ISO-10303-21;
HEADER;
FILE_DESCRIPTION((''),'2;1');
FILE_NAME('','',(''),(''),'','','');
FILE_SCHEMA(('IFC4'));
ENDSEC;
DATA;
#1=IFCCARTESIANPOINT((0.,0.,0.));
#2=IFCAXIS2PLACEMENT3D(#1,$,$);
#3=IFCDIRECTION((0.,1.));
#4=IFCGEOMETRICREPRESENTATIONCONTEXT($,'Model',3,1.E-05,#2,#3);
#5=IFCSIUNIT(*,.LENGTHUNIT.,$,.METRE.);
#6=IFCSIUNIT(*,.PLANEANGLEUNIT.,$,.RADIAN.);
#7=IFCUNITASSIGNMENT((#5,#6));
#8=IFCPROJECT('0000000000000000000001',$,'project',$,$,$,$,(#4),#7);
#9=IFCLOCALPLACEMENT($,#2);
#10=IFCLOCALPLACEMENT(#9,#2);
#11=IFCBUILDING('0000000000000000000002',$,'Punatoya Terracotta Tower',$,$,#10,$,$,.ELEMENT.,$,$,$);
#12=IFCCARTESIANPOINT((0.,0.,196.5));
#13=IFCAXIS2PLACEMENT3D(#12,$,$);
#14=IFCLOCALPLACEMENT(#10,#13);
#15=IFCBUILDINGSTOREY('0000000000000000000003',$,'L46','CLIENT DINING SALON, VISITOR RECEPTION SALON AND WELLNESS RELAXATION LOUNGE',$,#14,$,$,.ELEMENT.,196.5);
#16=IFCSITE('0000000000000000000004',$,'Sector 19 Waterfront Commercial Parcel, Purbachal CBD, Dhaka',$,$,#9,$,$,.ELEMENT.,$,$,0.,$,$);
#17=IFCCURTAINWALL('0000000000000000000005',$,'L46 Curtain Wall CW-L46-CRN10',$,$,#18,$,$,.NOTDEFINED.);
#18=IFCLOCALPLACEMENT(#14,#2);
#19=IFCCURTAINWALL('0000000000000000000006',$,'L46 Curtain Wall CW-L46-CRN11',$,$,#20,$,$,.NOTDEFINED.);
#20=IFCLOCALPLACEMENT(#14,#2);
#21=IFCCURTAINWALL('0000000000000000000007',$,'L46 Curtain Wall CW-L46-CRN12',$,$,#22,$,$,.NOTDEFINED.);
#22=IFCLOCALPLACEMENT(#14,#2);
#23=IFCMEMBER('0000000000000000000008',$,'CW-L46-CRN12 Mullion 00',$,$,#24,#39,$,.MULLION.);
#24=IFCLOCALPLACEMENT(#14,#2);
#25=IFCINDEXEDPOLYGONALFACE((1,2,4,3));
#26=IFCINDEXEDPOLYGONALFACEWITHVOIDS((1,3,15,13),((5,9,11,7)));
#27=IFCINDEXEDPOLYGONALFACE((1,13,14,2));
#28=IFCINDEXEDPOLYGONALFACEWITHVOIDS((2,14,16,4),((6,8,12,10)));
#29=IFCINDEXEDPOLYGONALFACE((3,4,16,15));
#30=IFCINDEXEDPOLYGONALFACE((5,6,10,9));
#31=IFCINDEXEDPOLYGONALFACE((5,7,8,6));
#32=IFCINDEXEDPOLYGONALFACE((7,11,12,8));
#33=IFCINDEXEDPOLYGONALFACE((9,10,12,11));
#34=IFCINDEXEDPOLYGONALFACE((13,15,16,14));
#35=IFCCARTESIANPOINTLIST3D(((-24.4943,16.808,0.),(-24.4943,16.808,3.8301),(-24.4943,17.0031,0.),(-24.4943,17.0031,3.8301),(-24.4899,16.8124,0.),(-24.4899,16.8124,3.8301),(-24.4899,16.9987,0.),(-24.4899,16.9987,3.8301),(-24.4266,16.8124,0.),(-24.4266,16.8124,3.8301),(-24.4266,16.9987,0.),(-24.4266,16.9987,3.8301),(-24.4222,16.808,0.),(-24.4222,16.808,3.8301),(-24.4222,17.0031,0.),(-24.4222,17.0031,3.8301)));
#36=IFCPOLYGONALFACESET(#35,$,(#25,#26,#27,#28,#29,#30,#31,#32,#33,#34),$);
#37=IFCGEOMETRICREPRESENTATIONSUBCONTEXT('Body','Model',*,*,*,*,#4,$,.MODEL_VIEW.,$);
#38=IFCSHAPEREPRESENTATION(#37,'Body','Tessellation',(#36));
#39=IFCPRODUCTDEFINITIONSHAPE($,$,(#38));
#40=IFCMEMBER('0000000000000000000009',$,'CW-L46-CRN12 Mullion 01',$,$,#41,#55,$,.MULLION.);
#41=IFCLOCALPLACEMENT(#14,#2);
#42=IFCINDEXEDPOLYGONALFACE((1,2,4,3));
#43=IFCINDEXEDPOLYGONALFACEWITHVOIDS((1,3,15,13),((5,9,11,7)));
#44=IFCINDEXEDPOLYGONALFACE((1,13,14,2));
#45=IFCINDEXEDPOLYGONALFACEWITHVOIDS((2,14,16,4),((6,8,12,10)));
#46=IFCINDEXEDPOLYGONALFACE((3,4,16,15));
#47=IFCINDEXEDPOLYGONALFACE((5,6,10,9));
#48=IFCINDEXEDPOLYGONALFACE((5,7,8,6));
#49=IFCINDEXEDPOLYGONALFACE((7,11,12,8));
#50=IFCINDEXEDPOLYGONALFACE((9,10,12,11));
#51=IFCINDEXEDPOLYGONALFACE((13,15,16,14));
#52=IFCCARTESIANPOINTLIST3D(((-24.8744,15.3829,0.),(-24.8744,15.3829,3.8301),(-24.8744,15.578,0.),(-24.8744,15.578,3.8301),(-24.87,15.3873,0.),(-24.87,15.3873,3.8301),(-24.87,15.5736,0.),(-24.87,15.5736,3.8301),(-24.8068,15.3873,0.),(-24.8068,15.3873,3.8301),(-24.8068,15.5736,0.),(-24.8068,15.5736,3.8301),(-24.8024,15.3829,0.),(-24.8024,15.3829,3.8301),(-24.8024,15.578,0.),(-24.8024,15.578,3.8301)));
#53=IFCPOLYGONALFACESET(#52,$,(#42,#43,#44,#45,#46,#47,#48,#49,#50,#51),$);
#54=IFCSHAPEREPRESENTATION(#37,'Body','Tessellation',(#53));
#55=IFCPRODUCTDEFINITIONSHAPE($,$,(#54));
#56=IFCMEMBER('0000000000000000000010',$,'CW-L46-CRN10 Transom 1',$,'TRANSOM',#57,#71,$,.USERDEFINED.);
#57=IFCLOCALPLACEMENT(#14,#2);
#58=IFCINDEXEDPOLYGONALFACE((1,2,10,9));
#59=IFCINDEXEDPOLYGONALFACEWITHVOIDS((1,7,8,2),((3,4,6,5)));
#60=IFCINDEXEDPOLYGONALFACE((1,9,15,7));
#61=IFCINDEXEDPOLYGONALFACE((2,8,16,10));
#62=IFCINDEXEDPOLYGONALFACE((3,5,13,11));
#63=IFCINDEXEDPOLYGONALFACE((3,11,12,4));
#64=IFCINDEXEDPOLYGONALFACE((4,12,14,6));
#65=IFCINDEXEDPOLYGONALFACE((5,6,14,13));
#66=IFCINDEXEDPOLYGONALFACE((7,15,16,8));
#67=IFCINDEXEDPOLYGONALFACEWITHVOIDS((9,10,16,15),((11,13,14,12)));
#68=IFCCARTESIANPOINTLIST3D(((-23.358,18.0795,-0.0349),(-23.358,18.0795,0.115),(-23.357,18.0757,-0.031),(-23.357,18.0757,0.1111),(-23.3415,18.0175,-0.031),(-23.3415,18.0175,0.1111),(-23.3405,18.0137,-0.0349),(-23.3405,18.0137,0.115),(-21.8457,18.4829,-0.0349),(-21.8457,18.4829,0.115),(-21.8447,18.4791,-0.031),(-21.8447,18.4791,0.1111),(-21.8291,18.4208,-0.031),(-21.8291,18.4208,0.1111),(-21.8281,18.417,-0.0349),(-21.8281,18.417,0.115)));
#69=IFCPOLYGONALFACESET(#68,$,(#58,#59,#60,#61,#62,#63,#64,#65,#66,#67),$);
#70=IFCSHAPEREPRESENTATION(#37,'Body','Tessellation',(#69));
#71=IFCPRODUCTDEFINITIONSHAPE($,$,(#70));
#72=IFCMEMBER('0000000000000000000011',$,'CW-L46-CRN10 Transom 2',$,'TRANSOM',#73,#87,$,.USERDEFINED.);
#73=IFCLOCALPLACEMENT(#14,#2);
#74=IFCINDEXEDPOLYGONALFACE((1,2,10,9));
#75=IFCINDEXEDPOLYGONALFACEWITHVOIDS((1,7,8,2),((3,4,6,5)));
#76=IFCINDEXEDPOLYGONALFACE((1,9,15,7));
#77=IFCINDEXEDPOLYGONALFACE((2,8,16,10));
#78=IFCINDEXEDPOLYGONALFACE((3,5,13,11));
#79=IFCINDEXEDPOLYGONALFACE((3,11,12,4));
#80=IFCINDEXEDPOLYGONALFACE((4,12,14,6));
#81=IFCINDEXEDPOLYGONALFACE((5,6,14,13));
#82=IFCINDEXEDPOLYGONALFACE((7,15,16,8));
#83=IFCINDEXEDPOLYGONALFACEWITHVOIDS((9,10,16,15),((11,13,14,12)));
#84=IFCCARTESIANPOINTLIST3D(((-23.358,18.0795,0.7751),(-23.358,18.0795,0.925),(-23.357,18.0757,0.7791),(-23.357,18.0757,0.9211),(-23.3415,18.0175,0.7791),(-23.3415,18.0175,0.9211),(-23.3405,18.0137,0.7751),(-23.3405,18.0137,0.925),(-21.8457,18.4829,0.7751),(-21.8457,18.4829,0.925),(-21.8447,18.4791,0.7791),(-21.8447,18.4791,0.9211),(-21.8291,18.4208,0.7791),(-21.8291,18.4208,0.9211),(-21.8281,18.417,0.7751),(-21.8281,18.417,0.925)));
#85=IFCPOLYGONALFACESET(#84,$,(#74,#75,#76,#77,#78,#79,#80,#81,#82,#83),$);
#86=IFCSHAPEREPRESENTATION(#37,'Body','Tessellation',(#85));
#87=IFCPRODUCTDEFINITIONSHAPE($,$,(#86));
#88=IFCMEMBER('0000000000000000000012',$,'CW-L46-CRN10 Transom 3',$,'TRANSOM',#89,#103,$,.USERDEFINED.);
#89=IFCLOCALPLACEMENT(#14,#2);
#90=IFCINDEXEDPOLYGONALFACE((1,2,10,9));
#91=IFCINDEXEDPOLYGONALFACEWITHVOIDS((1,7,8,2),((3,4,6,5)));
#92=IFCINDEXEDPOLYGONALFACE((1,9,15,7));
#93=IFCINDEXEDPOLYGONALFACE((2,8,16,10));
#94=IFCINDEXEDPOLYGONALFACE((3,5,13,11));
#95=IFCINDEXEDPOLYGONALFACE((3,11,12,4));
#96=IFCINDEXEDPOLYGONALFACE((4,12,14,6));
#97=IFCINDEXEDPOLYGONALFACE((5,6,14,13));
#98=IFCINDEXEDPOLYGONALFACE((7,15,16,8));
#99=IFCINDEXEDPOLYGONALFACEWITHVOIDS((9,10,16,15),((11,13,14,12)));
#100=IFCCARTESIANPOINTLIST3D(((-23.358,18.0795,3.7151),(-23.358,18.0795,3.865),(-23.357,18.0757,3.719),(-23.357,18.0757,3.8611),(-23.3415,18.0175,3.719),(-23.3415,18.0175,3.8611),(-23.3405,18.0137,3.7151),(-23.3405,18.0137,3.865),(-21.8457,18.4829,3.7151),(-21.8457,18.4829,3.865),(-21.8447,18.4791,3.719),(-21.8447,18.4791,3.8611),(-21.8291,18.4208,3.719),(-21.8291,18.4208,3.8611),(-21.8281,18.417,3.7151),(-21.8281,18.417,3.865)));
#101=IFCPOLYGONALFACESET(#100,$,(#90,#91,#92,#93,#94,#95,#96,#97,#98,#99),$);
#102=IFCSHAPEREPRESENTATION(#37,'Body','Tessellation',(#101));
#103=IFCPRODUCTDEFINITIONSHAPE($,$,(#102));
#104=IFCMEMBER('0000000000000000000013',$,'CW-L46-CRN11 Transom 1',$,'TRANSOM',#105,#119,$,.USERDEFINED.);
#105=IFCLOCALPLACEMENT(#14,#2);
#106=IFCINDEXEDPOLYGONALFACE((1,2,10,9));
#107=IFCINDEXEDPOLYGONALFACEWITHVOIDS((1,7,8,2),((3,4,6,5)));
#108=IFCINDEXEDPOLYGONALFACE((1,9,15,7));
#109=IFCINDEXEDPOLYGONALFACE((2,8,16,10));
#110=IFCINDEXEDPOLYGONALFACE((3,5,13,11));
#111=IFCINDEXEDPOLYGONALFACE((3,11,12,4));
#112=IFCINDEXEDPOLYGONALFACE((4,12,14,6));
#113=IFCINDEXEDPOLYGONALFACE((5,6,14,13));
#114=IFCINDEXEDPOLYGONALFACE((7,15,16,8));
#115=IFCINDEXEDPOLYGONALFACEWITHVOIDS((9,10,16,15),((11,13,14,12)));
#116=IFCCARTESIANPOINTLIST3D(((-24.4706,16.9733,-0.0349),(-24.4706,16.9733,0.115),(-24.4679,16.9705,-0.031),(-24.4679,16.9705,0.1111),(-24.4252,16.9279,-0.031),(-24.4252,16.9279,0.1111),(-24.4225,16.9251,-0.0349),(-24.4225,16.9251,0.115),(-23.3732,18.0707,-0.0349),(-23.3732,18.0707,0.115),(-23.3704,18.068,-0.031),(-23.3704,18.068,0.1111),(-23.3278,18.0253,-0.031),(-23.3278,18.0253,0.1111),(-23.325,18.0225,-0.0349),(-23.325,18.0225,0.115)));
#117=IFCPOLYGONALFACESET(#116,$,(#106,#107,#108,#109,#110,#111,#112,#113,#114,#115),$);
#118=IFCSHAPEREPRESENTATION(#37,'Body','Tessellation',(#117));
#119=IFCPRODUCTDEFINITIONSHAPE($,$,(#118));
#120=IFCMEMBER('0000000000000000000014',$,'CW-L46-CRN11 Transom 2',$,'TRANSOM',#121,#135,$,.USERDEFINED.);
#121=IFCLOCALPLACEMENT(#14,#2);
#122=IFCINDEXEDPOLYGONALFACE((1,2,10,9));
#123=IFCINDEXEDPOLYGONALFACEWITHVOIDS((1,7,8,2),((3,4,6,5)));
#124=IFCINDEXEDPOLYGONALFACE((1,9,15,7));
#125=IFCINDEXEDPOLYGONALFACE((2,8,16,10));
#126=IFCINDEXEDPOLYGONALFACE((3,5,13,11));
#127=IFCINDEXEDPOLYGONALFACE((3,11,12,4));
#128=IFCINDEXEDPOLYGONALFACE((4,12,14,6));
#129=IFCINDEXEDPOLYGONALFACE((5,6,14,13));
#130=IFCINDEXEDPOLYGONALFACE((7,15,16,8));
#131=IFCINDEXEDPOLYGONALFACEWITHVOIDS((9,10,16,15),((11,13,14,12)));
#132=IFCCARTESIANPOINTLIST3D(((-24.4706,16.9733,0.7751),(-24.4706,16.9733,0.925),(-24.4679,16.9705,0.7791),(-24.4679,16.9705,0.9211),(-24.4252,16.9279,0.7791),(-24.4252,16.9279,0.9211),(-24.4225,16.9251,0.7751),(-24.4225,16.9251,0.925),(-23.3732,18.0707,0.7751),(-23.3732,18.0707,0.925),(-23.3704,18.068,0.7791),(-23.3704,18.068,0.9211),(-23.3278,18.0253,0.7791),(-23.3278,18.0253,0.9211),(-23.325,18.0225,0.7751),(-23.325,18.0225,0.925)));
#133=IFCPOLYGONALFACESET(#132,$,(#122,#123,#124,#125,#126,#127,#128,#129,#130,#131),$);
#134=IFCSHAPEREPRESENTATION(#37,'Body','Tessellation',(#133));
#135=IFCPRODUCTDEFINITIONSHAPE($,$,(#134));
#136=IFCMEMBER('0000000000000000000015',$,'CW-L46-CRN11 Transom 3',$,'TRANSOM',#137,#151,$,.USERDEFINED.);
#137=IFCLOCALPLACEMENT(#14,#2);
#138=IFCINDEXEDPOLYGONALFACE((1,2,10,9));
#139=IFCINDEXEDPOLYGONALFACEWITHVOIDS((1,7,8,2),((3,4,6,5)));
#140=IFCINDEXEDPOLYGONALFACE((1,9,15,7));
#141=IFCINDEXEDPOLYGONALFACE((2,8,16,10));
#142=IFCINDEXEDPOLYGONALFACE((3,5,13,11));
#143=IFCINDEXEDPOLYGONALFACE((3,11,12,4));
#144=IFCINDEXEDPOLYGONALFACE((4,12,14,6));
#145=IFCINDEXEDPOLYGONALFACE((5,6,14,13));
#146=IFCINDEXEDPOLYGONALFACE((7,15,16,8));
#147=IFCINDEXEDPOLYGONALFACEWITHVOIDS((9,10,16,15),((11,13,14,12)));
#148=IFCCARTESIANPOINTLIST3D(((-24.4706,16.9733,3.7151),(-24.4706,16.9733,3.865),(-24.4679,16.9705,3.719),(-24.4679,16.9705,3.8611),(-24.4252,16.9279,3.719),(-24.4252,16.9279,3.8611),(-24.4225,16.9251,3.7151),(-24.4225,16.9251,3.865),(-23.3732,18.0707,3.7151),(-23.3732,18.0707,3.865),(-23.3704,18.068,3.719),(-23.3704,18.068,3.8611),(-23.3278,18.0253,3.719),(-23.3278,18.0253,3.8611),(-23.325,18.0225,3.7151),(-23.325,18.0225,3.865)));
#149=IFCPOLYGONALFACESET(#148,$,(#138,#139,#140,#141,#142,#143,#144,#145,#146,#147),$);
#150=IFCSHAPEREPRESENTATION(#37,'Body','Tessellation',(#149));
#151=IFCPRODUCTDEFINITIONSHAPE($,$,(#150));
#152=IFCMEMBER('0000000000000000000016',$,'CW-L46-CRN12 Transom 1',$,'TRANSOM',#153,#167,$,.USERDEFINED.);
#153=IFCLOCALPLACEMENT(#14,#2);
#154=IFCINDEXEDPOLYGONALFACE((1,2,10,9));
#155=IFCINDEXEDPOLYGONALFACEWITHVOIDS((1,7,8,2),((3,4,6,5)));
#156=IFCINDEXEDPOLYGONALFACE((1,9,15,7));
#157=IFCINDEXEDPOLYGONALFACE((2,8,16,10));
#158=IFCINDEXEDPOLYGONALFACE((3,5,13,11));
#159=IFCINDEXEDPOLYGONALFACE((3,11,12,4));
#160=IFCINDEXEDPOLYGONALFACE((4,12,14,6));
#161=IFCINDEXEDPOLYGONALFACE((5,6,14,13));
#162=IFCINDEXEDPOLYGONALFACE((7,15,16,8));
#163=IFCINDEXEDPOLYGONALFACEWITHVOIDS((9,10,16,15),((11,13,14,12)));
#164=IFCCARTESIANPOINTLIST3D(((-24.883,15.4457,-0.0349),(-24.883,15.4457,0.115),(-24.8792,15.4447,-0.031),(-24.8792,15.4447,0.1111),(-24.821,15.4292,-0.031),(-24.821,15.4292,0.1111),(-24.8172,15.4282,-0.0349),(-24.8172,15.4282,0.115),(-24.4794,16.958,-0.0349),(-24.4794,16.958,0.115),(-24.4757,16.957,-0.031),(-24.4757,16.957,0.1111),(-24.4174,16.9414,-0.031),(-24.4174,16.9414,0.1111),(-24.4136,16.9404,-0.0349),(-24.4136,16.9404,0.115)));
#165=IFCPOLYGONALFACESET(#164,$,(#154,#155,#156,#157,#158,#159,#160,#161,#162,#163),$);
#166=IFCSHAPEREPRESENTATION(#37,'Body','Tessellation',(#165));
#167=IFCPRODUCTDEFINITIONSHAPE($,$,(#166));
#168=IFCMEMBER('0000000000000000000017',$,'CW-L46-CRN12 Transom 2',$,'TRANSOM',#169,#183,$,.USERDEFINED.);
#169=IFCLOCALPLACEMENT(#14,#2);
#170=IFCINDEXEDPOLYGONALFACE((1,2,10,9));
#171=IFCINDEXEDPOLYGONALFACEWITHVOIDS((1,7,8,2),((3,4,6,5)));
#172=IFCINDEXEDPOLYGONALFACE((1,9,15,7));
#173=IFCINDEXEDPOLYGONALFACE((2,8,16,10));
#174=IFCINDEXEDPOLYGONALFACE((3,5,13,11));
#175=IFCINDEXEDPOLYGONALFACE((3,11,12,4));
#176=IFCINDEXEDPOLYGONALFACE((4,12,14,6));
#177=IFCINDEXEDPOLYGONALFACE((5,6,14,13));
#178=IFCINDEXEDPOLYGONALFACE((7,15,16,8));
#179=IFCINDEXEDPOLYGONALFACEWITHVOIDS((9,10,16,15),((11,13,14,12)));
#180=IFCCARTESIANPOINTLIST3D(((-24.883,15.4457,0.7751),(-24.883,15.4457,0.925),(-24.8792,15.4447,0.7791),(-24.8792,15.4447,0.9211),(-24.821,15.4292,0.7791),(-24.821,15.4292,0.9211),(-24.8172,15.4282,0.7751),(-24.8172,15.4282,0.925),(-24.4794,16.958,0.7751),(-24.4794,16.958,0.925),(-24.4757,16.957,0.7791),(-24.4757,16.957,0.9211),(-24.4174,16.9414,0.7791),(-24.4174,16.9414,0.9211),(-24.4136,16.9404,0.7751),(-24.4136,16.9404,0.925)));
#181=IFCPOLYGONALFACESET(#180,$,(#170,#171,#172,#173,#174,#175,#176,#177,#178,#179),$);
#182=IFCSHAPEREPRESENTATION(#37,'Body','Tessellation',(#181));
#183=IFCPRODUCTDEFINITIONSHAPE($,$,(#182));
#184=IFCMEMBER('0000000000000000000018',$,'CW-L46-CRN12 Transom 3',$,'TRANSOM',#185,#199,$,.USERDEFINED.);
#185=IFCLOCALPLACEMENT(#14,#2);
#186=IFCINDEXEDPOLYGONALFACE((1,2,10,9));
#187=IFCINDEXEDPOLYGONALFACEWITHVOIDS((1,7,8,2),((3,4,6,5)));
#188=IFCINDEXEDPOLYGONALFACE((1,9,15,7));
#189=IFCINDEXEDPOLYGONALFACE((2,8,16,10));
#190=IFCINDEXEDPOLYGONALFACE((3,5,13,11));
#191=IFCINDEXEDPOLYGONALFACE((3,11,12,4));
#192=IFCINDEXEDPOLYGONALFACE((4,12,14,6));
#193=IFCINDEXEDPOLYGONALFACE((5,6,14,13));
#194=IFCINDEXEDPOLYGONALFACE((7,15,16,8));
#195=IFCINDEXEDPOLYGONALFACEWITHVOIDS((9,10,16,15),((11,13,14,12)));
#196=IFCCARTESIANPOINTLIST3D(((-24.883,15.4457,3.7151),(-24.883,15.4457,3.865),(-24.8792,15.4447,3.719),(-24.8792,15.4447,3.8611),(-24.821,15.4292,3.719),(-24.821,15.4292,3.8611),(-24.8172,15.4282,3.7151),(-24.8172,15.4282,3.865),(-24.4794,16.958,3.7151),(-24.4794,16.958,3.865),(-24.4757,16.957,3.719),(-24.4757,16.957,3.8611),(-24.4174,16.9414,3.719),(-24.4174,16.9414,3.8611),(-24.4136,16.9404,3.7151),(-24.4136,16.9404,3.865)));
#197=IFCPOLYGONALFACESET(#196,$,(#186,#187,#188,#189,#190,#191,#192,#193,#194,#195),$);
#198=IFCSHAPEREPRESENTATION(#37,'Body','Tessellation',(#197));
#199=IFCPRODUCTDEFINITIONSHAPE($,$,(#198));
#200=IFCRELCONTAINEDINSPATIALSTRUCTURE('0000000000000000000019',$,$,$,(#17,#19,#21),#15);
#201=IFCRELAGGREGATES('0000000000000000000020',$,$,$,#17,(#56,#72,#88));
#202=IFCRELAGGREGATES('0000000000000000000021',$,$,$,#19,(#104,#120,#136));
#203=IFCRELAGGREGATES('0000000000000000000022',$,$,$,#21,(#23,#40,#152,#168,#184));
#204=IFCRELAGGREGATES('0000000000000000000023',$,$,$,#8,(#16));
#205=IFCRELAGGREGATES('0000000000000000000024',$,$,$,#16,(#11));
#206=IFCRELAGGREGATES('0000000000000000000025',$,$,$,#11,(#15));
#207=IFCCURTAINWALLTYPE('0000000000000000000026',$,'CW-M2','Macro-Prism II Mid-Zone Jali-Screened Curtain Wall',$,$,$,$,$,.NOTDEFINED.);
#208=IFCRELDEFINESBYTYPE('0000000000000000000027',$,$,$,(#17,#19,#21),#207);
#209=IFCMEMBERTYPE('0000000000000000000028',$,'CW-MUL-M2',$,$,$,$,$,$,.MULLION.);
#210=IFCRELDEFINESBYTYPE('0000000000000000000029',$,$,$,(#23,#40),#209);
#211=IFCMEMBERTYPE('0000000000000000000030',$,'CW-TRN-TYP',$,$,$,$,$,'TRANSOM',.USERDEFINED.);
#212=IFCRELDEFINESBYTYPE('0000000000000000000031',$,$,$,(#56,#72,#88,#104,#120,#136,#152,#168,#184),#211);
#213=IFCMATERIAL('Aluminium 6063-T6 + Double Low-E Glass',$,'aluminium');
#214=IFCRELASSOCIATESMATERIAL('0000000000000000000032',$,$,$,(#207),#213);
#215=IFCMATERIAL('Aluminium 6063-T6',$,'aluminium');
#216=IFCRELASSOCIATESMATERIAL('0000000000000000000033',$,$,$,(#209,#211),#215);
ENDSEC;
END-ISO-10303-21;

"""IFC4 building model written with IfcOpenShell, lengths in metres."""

from ifc_helpers import new_model, si_unit, direction, frame, origin, origin_2d, place, context, subcontext, project, spatial, hollow_rectangle, extrude, material, material_profile, profile_set, type_object, element, aggregate, save


model = new_model("IFC4")

# Units and contexts
model_context = context("Model", 3, precision=1e-05, world=origin(), true_north=direction((0.0, 1.0)))
body_context = subcontext(model_context, "Body", "Model", "MODEL_VIEW")
ifc_project = project(units=[si_unit("LENGTHUNIT", "METRE"), si_unit("PLANEANGLEUNIT", "RADIAN")], contexts=[model_context])

# Site, building, storey
site_placement = place(None, origin())
site = spatial("IfcSite", under=ifc_project, at=site_placement, Name="Sector 19 Waterfront Commercial Parcel, Purbachal CBD, Dhaka", CompositionType="ELEMENT", RefElevation=0.0)
building_placement = place(site_placement, origin())
building = spatial("IfcBuilding", under=site, at=building_placement, Name="Punatoya Terracotta Tower", CompositionType="ELEMENT")
storey_placement = place(building_placement, frame((0.0, 0.0, 196.5)))
storey = spatial("IfcBuildingStorey", under=building, at=storey_placement, Name="L46", Description="CLIENT DINING SALON, VISITOR RECEPTION SALON AND WELLNESS RELAXATION LOUNGE", CompositionType="ELEMENT", Elevation=196.5)

# Shared definitions
ifc_material_1 = material(Name="Aluminium 6063-T6 + Double Low-E Glass", Category="aluminium")
curtain_wall_type = type_object("IfcCurtainWallType", Name="CW-M2", Description="Macro-Prism II Mid-Zone Jali-Screened Curtain Wall", PredefinedType="NOTDEFINED", material=ifc_material_1)
ifc_material_2 = material(Name="Aluminium 6063-T6", Category="aluminium")
ifc_material_profile_1 = material_profile(ifc_material_2, hollow_rectangle(XDim=0.072, YDim=0.1951, WallThickness=0.0044, at=origin_2d()))
ifc_profile_set_1 = profile_set([ifc_material_profile_1], Name="Aluminium 6063-T6")
member_type_1 = type_object("IfcMemberType", Name="CW-MUL-M2", PredefinedType="MULLION", material=ifc_profile_set_1)

# Curtain walls, members
curtain_wall_1_placement = place(storey_placement, origin())
curtain_wall_1 = element("IfcCurtainWall", 1, at=curtain_wall_1_placement, inside=storey, type_object=curtain_wall_type, Name="L46 Curtain Wall CW-L46-CRN10", PredefinedType="NOTDEFINED")
curtain_wall_2_placement = place(storey_placement, origin())
curtain_wall_2 = element("IfcCurtainWall", 2, at=curtain_wall_2_placement, inside=storey, type_object=curtain_wall_type, Name="L46 Curtain Wall CW-L46-CRN11", PredefinedType="NOTDEFINED")
curtain_wall_3_placement = place(storey_placement, origin())
curtain_wall_3 = element("IfcCurtainWall", 3, at=curtain_wall_3_placement, inside=storey, type_object=curtain_wall_type, Name="L46 Curtain Wall CW-L46-CRN12", PredefinedType="NOTDEFINED")
member_1_placement = place(storey_placement, frame((-24.4583, 16.9055, 0.0), z_axis=(0.0, 0.0, 1.0), x_axis=(1.0, 0.0, 0.0)))
member_1 = element("IfcMember", 4, at=member_1_placement, type_object=member_type_1, Name="CW-L46-CRN12 Mullion 00", PredefinedType="MULLION", context=body_context, shape_type="SweptSolid", body=[
    extrude(hollow_rectangle(XDim=0.072, YDim=0.1951, WallThickness=0.0044, at=origin_2d()), origin(), (0.0, 0.0, 1.0), 3.8301),
])
member_2_placement = place(storey_placement, frame((-24.8384, 15.4805, 0.0), z_axis=(0.0, 0.0, 1.0), x_axis=(1.0, 0.0, 0.0)))
member_2 = element("IfcMember", 5, at=member_2_placement, type_object=member_type_1, Name="CW-L46-CRN12 Mullion 01", PredefinedType="MULLION", context=body_context, shape_type="SweptSolid", body=[
    extrude(hollow_rectangle(XDim=0.072, YDim=0.1951, WallThickness=0.0044, at=origin_2d()), origin(), (0.0, 0.0, 1.0), 3.8301),
])

# Members
ifc_material_profile_2 = material_profile(ifc_material_2, hollow_rectangle(XDim=0.0681, YDim=0.1499, WallThickness=0.0039, at=origin_2d()))
ifc_profile_set_2 = profile_set([ifc_material_profile_2], Name="Aluminium 6063-T6")
member_type_2 = type_object("IfcMemberType", Name="CW-TRN-TYP", ElementType="TRANSOM", PredefinedType="USERDEFINED", material=ifc_profile_set_2)
member_3_placement = place(storey_placement, frame((-21.8369, 18.45, 0.04), z_axis=(-0.966225, -0.257701, 0.0), x_axis=(0.257701, -0.966225, 0.0)))
member_3 = element("IfcMember", 6, at=member_3_placement, type_object=member_type_2, Name="CW-L46-CRN10 Transom 1", ObjectType="TRANSOM", PredefinedType="USERDEFINED", context=body_context, shape_type="SweptSolid", body=[
    extrude(hollow_rectangle(XDim=0.0681, YDim=0.1499, WallThickness=0.0039, at=origin_2d()), origin(), (0.0, 0.0, 1.0), 1.5652),
])
member_4_placement = place(storey_placement, frame((-21.8369, 18.45, 0.8501), z_axis=(-0.966225, -0.257701, 0.0), x_axis=(0.257701, -0.966225, 0.0)))
member_4 = element("IfcMember", 7, at=member_4_placement, type_object=member_type_2, Name="CW-L46-CRN10 Transom 2", ObjectType="TRANSOM", PredefinedType="USERDEFINED", context=body_context, shape_type="SweptSolid", body=[
    extrude(hollow_rectangle(XDim=0.0681, YDim=0.1499, WallThickness=0.0039, at=origin_2d()), origin(), (0.0, 0.0, 1.0), 1.5652),
])
member_5_placement = place(storey_placement, frame((-21.8369, 18.45, 3.79), z_axis=(-0.966225, -0.257701, 0.0), x_axis=(0.257701, -0.966225, 0.0)))
member_5 = element("IfcMember", 8, at=member_5_placement, type_object=member_type_2, Name="CW-L46-CRN10 Transom 3", ObjectType="TRANSOM", PredefinedType="USERDEFINED", context=body_context, shape_type="SweptSolid", body=[
    extrude(hollow_rectangle(XDim=0.0681, YDim=0.1499, WallThickness=0.0039, at=origin_2d()), origin(), (0.0, 0.0, 1.0), 1.5652),
])
member_6_placement = place(storey_placement, frame((-23.3491, 18.0466, 0.04), z_axis=(-0.707107, -0.707107, 0.0), x_axis=(0.707107, -0.707107, 0.0)))
member_6 = element("IfcMember", 9, at=member_6_placement, type_object=member_type_2, Name="CW-L46-CRN11 Transom 1", ObjectType="TRANSOM", PredefinedType="USERDEFINED", context=body_context, shape_type="SweptSolid", body=[
    extrude(hollow_rectangle(XDim=0.0681, YDim=0.1499, WallThickness=0.0039, at=origin_2d()), origin(), (0.0, 0.0, 1.0), 1.552),
])
member_7_placement = place(storey_placement, frame((-23.3491, 18.0466, 0.8501), z_axis=(-0.707107, -0.707107, 0.0), x_axis=(0.707107, -0.707107, 0.0)))
member_7 = element("IfcMember", 10, at=member_7_placement, type_object=member_type_2, Name="CW-L46-CRN11 Transom 2", ObjectType="TRANSOM", PredefinedType="USERDEFINED", context=body_context, shape_type="SweptSolid", body=[
    extrude(hollow_rectangle(XDim=0.0681, YDim=0.1499, WallThickness=0.0039, at=origin_2d()), origin(), (0.0, 0.0, 1.0), 1.552),
])
member_8_placement = place(storey_placement, frame((-23.3491, 18.0466, 3.79), z_axis=(-0.707107, -0.707107, 0.0), x_axis=(0.707107, -0.707107, 0.0)))
member_8 = element("IfcMember", 11, at=member_8_placement, type_object=member_type_2, Name="CW-L46-CRN11 Transom 3", ObjectType="TRANSOM", PredefinedType="USERDEFINED", context=body_context, shape_type="SweptSolid", body=[
    extrude(hollow_rectangle(XDim=0.0681, YDim=0.1499, WallThickness=0.0039, at=origin_2d()), origin(), (0.0, 0.0, 1.0), 1.552),
])
member_9_placement = place(storey_placement, frame((-24.4465, 16.9492, 0.04), z_axis=(-0.257847, -0.966186, 0.0), x_axis=(0.966186, -0.257847, 0.0)))
member_9 = element("IfcMember", 12, at=member_9_placement, type_object=member_type_2, Name="CW-L46-CRN12 Transom 1", ObjectType="TRANSOM", PredefinedType="USERDEFINED", context=body_context, shape_type="SweptSolid", body=[
    extrude(hollow_rectangle(XDim=0.0681, YDim=0.1499, WallThickness=0.0039, at=origin_2d()), origin(), (0.0, 0.0, 1.0), 1.5652),
])
member_10_placement = place(storey_placement, frame((-24.4465, 16.9492, 0.8501), z_axis=(-0.257847, -0.966186, 0.0), x_axis=(0.966186, -0.257847, 0.0)))
member_10 = element("IfcMember", 13, at=member_10_placement, type_object=member_type_2, Name="CW-L46-CRN12 Transom 2", ObjectType="TRANSOM", PredefinedType="USERDEFINED", context=body_context, shape_type="SweptSolid", body=[
    extrude(hollow_rectangle(XDim=0.0681, YDim=0.1499, WallThickness=0.0039, at=origin_2d()), origin(), (0.0, 0.0, 1.0), 1.5652),
])
member_11_placement = place(storey_placement, frame((-24.4465, 16.9492, 3.79), z_axis=(-0.257847, -0.966186, 0.0), x_axis=(0.966186, -0.257847, 0.0)))
member_11 = element("IfcMember", 14, at=member_11_placement, type_object=member_type_2, Name="CW-L46-CRN12 Transom 3", ObjectType="TRANSOM", PredefinedType="USERDEFINED", context=body_context, shape_type="SweptSolid", body=[
    extrude(hollow_rectangle(XDim=0.0681, YDim=0.1499, WallThickness=0.0039, at=origin_2d()), origin(), (0.0, 0.0, 1.0), 1.5652),
])

aggregate(curtain_wall_1, [member_3, member_4, member_5])
aggregate(curtain_wall_2, [member_6, member_7, member_8])
aggregate(curtain_wall_3, [member_1, member_2, member_9, member_10, member_11])

save(model, "model.ifc")
